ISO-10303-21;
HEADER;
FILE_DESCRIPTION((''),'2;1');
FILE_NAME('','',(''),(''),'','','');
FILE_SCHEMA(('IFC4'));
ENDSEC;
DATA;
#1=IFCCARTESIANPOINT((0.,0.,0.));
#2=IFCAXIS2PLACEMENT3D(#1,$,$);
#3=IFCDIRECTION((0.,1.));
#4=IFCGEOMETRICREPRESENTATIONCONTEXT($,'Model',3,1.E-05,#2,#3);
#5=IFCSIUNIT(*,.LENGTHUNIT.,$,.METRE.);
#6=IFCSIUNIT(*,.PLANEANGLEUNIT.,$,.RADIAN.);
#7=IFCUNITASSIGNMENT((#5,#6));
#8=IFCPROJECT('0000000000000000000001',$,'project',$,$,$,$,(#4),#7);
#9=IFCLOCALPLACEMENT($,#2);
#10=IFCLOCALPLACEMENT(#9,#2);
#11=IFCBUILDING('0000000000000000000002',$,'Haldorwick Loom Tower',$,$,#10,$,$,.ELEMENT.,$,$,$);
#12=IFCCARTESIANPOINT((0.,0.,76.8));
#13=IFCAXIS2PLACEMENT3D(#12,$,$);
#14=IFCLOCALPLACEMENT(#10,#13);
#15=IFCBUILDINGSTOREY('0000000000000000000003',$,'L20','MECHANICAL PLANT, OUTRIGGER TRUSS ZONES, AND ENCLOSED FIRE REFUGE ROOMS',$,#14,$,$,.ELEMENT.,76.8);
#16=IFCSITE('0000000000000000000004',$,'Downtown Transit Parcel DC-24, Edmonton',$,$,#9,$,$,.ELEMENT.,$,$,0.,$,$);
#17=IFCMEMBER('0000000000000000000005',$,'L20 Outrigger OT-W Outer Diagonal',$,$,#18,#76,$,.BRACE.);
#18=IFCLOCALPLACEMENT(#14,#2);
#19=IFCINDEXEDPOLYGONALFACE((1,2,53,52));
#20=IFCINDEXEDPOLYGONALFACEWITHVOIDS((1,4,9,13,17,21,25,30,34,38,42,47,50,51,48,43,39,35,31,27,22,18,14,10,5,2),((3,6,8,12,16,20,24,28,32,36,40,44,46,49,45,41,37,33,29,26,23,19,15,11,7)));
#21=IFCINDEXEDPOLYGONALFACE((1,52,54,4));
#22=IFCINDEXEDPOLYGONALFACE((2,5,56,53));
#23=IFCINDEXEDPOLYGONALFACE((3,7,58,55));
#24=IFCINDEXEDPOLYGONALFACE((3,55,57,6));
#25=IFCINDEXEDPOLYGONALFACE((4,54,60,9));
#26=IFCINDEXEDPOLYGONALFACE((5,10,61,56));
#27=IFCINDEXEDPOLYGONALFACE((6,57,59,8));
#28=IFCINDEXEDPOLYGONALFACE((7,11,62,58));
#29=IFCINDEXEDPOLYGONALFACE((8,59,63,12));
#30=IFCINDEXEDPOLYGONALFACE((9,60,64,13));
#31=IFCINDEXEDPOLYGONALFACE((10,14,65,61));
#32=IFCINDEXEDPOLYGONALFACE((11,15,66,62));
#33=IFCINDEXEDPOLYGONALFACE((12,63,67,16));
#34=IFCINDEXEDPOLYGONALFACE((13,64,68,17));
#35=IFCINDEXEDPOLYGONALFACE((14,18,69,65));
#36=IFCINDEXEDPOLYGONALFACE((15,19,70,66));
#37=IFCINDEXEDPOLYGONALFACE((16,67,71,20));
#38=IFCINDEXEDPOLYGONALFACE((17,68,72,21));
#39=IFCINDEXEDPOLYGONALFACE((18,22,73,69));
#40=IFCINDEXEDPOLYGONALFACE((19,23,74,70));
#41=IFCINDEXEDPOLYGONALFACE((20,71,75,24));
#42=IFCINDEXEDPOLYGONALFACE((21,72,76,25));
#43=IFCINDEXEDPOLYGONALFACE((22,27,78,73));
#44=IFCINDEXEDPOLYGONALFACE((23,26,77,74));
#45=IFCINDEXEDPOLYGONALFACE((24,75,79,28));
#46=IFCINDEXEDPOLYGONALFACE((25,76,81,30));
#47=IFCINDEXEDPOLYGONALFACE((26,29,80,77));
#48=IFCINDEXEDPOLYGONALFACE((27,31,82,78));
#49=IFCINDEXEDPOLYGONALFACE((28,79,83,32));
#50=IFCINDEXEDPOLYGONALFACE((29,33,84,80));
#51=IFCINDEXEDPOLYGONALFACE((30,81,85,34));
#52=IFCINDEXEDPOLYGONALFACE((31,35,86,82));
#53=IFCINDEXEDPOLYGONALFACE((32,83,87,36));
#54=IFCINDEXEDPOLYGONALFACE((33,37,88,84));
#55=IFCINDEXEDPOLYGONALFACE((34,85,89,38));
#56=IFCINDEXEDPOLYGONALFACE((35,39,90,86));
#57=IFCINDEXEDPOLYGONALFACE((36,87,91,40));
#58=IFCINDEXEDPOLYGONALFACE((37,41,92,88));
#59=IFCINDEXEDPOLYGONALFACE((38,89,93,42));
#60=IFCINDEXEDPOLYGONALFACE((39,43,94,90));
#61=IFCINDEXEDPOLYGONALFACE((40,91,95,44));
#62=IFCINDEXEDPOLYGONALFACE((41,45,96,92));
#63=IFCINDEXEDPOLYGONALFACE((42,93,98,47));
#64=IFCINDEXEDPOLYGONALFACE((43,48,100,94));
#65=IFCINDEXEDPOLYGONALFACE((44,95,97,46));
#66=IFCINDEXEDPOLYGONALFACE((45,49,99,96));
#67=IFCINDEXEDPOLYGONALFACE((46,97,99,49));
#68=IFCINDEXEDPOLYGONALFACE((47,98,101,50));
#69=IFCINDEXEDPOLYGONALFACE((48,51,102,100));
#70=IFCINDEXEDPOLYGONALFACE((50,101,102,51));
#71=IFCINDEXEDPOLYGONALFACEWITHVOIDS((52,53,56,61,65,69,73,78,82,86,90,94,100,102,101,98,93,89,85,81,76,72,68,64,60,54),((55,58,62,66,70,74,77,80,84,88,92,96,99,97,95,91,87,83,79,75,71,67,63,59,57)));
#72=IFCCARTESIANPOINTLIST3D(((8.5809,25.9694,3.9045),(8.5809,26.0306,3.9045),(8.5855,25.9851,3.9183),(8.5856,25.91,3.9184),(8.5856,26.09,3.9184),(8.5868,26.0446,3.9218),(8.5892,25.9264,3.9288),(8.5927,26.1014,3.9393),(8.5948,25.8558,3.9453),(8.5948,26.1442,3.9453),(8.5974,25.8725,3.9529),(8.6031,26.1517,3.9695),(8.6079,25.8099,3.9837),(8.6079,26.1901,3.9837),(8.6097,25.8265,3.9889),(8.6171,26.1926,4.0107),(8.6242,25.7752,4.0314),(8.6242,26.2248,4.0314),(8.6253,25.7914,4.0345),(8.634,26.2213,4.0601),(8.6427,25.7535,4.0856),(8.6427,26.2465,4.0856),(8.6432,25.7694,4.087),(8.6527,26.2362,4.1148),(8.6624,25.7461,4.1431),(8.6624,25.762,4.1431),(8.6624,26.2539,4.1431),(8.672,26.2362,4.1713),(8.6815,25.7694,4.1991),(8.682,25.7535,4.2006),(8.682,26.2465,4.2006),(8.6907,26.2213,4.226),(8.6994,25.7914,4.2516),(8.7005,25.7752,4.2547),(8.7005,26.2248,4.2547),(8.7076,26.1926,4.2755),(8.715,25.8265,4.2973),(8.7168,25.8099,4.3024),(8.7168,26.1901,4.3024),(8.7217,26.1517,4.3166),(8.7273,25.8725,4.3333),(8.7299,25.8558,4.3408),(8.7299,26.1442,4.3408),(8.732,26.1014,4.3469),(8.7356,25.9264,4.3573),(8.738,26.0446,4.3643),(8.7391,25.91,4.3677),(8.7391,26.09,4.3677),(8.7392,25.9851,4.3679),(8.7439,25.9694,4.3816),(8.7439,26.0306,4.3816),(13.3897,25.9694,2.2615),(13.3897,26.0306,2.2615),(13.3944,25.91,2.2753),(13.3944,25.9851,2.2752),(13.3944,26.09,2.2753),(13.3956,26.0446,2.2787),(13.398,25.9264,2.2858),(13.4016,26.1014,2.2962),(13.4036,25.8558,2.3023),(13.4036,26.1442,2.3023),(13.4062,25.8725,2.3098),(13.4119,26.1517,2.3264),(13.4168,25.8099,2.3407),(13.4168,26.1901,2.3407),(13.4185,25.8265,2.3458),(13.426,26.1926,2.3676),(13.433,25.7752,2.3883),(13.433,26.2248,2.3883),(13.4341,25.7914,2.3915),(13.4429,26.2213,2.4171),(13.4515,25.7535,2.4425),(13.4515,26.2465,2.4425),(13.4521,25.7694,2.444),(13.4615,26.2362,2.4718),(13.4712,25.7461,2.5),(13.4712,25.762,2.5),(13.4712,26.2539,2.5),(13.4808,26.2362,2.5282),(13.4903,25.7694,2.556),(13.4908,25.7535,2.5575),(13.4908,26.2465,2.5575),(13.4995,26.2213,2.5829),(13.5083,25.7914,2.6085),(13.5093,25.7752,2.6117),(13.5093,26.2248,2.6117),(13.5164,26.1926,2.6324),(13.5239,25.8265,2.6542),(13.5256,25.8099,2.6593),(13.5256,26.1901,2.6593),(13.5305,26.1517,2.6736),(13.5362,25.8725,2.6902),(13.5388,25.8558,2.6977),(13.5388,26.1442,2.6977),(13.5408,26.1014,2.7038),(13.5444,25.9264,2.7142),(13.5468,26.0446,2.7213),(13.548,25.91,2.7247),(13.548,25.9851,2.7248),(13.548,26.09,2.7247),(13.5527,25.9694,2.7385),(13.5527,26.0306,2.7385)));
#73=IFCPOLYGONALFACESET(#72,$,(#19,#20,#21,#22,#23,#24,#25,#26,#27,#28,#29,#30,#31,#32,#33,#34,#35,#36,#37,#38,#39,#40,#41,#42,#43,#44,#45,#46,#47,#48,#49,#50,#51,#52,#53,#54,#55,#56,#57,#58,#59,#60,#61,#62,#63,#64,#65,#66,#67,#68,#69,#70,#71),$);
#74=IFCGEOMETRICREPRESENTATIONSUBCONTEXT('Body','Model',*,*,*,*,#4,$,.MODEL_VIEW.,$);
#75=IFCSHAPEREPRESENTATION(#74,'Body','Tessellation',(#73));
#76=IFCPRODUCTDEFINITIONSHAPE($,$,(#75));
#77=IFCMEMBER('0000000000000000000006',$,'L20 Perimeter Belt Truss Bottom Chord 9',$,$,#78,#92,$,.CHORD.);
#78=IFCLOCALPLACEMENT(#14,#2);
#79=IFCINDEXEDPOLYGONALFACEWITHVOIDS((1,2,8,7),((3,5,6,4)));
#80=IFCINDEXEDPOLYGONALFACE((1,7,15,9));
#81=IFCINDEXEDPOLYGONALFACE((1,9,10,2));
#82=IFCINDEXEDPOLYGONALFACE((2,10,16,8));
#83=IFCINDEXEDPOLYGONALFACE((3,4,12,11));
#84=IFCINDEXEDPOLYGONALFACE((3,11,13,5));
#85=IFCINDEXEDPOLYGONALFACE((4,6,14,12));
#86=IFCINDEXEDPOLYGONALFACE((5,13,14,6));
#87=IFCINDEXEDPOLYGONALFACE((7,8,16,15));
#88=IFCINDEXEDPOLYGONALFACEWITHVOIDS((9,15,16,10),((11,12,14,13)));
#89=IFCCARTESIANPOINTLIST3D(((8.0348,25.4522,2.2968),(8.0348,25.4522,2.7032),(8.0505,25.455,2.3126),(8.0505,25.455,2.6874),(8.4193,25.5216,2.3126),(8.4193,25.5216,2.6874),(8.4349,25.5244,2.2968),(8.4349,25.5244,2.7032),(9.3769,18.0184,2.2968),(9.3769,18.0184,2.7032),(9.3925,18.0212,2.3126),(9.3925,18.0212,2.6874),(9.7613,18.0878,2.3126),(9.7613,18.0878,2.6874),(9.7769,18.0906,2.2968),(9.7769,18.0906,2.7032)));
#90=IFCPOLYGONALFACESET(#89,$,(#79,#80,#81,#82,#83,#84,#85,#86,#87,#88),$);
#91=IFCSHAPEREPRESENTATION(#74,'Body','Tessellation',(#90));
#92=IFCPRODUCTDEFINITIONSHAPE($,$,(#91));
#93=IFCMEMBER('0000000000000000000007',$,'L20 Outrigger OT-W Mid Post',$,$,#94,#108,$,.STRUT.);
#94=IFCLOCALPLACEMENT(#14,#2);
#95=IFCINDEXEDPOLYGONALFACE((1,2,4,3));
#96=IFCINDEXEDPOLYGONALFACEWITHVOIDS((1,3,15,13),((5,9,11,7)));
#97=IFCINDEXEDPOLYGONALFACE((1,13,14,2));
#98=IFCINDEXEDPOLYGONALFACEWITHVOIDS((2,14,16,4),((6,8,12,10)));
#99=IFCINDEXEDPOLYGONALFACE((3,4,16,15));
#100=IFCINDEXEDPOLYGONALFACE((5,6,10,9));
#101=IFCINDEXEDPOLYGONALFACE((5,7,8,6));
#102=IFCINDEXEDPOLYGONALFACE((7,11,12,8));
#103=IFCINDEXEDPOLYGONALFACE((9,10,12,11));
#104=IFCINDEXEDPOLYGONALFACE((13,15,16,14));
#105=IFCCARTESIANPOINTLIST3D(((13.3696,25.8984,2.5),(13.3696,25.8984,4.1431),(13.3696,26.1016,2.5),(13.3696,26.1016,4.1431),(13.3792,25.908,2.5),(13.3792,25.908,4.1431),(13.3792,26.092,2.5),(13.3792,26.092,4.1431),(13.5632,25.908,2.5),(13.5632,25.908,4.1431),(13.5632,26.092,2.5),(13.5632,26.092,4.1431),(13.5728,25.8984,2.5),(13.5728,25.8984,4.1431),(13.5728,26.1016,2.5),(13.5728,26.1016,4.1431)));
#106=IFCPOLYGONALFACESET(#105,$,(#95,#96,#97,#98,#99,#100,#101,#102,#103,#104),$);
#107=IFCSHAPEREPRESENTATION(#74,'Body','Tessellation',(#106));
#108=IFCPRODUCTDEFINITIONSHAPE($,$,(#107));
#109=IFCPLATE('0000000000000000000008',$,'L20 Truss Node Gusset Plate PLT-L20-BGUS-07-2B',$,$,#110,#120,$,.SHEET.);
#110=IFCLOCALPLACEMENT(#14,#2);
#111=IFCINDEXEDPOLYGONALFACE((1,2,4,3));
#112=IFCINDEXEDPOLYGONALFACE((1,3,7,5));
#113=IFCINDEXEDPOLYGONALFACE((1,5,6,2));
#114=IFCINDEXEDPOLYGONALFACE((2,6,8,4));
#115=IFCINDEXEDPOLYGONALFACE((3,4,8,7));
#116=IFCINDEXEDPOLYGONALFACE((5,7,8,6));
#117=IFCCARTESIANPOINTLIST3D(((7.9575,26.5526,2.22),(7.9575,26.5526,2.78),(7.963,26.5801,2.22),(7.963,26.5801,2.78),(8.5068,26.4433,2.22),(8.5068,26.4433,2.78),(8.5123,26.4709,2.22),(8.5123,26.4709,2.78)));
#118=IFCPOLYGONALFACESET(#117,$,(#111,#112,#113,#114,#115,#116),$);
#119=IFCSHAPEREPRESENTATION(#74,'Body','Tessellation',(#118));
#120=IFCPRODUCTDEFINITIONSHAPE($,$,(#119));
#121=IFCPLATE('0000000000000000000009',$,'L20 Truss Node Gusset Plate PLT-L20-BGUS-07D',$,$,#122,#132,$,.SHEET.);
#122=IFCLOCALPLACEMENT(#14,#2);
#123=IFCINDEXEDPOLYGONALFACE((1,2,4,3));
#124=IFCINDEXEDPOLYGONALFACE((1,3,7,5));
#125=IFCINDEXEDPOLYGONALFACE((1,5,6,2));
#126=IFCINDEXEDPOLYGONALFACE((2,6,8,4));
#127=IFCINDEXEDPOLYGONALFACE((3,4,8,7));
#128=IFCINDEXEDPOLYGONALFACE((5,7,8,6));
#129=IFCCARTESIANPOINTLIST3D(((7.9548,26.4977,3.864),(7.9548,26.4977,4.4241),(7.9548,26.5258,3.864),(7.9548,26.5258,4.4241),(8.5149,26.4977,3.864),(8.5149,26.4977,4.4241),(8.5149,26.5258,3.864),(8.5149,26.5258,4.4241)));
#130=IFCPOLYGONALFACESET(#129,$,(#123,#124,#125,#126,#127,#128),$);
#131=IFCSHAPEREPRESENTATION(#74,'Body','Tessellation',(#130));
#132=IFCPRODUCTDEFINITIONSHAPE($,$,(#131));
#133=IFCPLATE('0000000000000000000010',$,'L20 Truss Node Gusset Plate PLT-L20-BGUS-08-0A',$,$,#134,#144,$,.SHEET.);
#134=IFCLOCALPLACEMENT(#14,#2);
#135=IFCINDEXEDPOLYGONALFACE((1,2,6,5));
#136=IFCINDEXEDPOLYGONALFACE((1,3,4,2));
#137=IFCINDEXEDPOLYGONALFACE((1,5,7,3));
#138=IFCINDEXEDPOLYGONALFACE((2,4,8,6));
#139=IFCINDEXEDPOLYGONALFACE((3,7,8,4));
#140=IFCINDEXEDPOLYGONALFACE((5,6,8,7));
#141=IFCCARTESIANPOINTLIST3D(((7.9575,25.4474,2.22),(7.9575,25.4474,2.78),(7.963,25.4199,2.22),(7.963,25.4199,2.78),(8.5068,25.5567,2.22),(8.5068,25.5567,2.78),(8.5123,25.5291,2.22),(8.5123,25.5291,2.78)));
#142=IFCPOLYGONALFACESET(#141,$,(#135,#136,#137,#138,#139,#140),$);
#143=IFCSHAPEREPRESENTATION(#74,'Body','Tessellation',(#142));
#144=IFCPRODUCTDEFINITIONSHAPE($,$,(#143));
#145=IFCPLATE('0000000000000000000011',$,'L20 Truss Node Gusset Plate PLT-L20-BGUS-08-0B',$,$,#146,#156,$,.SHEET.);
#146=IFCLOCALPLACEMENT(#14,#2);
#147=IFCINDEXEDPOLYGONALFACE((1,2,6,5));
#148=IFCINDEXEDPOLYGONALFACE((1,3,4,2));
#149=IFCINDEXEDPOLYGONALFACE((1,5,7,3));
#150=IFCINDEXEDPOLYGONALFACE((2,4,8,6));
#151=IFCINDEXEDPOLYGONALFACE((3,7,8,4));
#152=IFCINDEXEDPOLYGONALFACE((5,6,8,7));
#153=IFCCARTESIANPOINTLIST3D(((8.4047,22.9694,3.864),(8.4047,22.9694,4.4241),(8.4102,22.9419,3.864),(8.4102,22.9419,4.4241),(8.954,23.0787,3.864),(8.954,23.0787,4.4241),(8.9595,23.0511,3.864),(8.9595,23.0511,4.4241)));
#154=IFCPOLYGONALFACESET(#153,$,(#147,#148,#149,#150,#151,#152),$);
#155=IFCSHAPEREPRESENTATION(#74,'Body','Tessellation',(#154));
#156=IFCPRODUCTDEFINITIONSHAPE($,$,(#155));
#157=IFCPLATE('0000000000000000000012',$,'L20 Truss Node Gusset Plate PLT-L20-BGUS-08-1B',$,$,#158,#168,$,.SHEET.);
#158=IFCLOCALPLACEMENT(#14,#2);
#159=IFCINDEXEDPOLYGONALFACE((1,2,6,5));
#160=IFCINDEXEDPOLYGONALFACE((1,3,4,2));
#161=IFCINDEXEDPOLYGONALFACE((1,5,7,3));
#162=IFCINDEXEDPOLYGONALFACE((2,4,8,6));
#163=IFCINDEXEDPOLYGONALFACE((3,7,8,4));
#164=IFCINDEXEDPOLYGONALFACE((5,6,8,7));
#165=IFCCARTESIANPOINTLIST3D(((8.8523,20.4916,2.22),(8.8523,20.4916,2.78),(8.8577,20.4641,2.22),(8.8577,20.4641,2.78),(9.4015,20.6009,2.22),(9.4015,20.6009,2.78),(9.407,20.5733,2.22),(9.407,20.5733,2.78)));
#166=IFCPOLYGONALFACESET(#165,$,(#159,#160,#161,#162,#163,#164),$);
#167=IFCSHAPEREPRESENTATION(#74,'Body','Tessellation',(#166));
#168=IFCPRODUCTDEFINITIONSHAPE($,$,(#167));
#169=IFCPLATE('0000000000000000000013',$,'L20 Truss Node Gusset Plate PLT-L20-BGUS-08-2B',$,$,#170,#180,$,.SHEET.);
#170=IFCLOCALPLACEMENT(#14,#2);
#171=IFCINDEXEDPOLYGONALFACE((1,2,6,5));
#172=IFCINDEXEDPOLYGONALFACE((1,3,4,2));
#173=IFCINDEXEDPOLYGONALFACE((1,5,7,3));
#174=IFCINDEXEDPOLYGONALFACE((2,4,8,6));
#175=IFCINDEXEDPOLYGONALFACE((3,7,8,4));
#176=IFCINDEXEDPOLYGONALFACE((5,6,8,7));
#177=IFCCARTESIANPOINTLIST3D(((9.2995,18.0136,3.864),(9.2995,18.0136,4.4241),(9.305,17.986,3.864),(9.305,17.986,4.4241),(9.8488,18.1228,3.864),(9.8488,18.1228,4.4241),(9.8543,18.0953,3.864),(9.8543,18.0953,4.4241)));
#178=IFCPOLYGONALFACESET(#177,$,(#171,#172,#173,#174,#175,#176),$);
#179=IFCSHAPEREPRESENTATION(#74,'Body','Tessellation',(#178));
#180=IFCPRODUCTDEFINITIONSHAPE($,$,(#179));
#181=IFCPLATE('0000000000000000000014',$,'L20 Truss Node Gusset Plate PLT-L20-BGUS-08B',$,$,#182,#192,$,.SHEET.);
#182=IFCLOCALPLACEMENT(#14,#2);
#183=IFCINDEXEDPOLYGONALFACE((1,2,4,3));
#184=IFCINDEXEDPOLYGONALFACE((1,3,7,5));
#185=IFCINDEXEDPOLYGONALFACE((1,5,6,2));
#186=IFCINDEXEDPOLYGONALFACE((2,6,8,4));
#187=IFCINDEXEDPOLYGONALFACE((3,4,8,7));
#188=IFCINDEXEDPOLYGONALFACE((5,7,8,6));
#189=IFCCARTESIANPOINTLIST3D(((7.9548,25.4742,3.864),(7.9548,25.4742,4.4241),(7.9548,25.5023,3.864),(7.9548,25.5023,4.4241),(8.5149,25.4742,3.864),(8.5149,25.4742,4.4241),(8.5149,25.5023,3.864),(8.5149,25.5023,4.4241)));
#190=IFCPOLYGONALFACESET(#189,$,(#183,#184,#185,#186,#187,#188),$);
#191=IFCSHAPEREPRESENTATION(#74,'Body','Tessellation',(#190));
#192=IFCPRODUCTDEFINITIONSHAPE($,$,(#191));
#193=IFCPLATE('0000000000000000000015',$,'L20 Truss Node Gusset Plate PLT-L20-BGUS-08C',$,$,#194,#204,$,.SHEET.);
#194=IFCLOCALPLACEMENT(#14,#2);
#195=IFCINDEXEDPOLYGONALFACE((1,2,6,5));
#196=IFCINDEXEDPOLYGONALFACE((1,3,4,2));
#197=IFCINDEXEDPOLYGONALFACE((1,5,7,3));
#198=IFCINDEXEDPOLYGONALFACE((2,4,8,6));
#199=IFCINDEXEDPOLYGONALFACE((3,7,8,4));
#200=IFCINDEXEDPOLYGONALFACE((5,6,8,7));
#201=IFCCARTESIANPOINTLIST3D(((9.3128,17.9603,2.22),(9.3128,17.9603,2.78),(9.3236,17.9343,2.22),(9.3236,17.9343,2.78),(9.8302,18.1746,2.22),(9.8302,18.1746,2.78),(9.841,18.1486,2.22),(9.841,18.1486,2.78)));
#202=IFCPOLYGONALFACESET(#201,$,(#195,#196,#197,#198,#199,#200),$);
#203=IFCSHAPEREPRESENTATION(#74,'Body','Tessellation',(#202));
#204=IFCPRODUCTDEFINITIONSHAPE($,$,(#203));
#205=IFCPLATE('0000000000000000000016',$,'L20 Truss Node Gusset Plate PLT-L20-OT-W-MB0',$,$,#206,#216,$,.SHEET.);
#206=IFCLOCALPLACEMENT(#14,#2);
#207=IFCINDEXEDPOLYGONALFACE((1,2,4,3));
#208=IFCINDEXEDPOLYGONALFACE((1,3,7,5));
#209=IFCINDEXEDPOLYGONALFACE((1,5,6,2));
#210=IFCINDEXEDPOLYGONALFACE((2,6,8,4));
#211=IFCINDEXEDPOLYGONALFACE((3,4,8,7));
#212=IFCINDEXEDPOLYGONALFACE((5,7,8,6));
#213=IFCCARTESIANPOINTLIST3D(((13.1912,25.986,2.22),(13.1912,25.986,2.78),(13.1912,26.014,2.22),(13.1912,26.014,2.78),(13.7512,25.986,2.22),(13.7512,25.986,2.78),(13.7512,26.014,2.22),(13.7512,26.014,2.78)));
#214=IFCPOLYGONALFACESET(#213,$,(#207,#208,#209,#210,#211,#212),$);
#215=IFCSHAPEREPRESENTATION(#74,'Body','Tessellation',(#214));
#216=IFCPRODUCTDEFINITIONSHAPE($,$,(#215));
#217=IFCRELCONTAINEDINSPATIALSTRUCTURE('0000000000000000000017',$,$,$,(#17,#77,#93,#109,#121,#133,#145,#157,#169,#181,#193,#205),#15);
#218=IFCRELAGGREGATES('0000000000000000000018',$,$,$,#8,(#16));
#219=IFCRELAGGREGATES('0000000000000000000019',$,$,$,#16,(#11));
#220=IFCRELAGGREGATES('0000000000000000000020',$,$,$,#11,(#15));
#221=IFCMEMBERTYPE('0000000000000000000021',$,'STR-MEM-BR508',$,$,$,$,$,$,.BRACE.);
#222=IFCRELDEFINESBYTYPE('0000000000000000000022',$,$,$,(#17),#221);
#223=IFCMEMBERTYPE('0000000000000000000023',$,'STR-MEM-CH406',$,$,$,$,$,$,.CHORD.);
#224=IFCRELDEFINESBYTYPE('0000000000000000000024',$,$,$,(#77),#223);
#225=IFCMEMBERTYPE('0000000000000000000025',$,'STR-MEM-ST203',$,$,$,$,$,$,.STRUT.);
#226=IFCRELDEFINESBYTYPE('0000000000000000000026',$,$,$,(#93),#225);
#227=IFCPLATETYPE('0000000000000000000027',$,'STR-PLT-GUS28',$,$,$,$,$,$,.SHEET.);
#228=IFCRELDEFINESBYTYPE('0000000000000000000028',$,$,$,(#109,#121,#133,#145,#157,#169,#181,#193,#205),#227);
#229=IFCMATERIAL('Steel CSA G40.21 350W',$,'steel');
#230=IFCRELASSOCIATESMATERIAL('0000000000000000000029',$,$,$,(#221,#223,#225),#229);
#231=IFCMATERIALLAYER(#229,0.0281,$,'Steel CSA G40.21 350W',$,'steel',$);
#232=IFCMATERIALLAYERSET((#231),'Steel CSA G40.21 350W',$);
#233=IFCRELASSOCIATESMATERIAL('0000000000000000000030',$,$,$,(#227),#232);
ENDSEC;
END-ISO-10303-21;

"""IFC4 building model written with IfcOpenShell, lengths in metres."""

from ifc_helpers import new_model, si_unit, direction, frame, origin, origin_2d, place, context, subcontext, project, spatial, rectangle, hollow_rectangle, hollow_circle, extrude, material, layer, layer_set, material_profile, profile_set, type_object, element, save


model = new_model("IFC4")

# Units and contexts
model_context = context("Model", 3, precision=1e-05, world=origin(), true_north=direction((0.0, 1.0)))
body_context = subcontext(model_context, "Body", "Model", "MODEL_VIEW")
ifc_project = project(units=[si_unit("LENGTHUNIT", "METRE"), si_unit("PLANEANGLEUNIT", "RADIAN")], contexts=[model_context])

# Site, building, storey
site_placement = place(None, origin())
site = spatial("IfcSite", under=ifc_project, at=site_placement, Name="Downtown Transit Parcel DC-24, Edmonton", CompositionType="ELEMENT", RefElevation=0.0)
building_placement = place(site_placement, origin())
building = spatial("IfcBuilding", under=site, at=building_placement, Name="Haldorwick Loom Tower", CompositionType="ELEMENT")
storey_placement = place(building_placement, frame((0.0, 0.0, 76.8)))
storey = spatial("IfcBuildingStorey", under=building, at=storey_placement, Name="L20", Description="MECHANICAL PLANT, OUTRIGGER TRUSS ZONES, AND ENCLOSED FIRE REFUGE ROOMS", CompositionType="ELEMENT", Elevation=76.8)

# Shared definitions
ifc_material_1 = material(Name="Steel CSA G40.21 350W", Category="steel")

# Members
ifc_material_profile_1 = material_profile(ifc_material_1, hollow_circle(Radius=0.2539, WallThickness=0.0159, at=origin_2d()), Name="HSS508X16", Category="steel")
ifc_profile_set_1 = profile_set([ifc_material_profile_1], Name="Steel CSA G40.21 350W")
member_type_1 = type_object("IfcMemberType", Name="STR-MEM-BR508", PredefinedType="BRACE", material=ifc_profile_set_1)
member_1_placement = place(storey_placement, frame((13.4712, 26.0, 2.5), z_axis=(-0.946288, 0.0, 0.323324), x_axis=(0.0, -1.0, 0.0)))
element("IfcMember", 1, at=member_1_placement, inside=storey, type_object=member_type_1, Name="L20 Outrigger OT-W Outer Diagonal", PredefinedType="BRACE", context=body_context, shape_type="SweptSolid", body=[
    extrude(hollow_circle(Radius=0.2539, WallThickness=0.0159, at=origin_2d()), origin(), (0.0, 0.0, 1.0), 5.0818),
])
ifc_material_profile_2 = material_profile(ifc_material_1, hollow_rectangle(XDim=0.4065, YDim=0.4065, WallThickness=0.0159, at=origin_2d()), Name="HSS406X406X16", Category="steel")
ifc_profile_set_2 = profile_set([ifc_material_profile_2], Name="Steel CSA G40.21 350W")
member_type_2 = type_object("IfcMemberType", Name="STR-MEM-CH406", PredefinedType="CHORD", material=ifc_profile_set_2)
member_2_placement = place(storey_placement, frame((8.2349, 25.4883, 2.5), z_axis=(0.177659, -0.984092, 0.0), x_axis=(0.984092, 0.177659, 0.0)))
element("IfcMember", 2, at=member_2_placement, inside=storey, type_object=member_type_2, Name="L20 Perimeter Belt Truss Bottom Chord 9", PredefinedType="CHORD", context=body_context, shape_type="SweptSolid", body=[
    extrude(hollow_rectangle(XDim=0.4065, YDim=0.4065, WallThickness=0.0159, at=origin_2d()), origin(), (0.0, 0.0, 1.0), 7.554),
])
ifc_material_profile_3 = material_profile(ifc_material_1, hollow_rectangle(XDim=0.2031, YDim=0.2031, WallThickness=0.0095, at=origin_2d()), Name="HSS203X203X10", Category="steel")
ifc_profile_set_3 = profile_set([ifc_material_profile_3], Name="Steel CSA G40.21 350W")
member_type_3 = type_object("IfcMemberType", Name="STR-MEM-ST203", PredefinedType="STRUT", material=ifc_profile_set_3)
member_3_placement = place(storey_placement, frame((13.4712, 26.0, 2.5), z_axis=(0.0, 0.0, 1.0), x_axis=(1.0, 0.0, 0.0)))
element("IfcMember", 3, at=member_3_placement, inside=storey, type_object=member_type_3, Name="L20 Outrigger OT-W Mid Post", PredefinedType="STRUT", context=body_context, shape_type="SweptSolid", body=[
    extrude(hollow_rectangle(XDim=0.2031, YDim=0.2031, WallThickness=0.0095, at=origin_2d()), origin(), (0.0, 0.0, 1.0), 1.6431),
])

# Plates
ifc_layer_1 = layer(ifc_material_1, 0.0281, Name="Steel CSA G40.21 350W", Category="steel")
ifc_layer_set_1 = layer_set([ifc_layer_1], Name="Steel CSA G40.21 350W")
plate_type = type_object("IfcPlateType", Name="STR-PLT-GUS28", PredefinedType="SHEET", material=ifc_layer_set_1)
for number, where, z_axis, x_axis, name in (
    (4, (8.2349, 26.5117, 2.22), (0.0, 0.0, 1.0), (-0.980785, 0.19509, 0.0), "L20 Truss Node Gusset Plate PLT-L20-BGUS-07-2B"),
    (5, (8.2349, 26.5117, 3.864), (0.0, 0.0, 1.0), (-1.0, 0.0, 0.0), "L20 Truss Node Gusset Plate PLT-L20-BGUS-07D"),
    (6, (8.2349, 25.4883, 2.22), (0.0, 0.0, 1.0), (-0.980785, -0.19509, 0.0), "L20 Truss Node Gusset Plate PLT-L20-BGUS-08-0A"),
    (7, (8.6821, 23.0103, 3.864), (0.0, 0.0, 1.0), (-0.980785, -0.19509, 0.0), "L20 Truss Node Gusset Plate PLT-L20-BGUS-08-0B"),
    (8, (9.1296, 20.5325, 2.22), (0.0, 0.0, 1.0), (-0.980785, -0.19509, 0.0), "L20 Truss Node Gusset Plate PLT-L20-BGUS-08-1B"),
    (9, (9.5769, 18.0544, 3.864), (0.0, 0.0, 1.0), (-0.980785, -0.19509, 0.0), "L20 Truss Node Gusset Plate PLT-L20-BGUS-08-2B"),
    (10, (8.2349, 25.4883, 3.864), (0.0, 0.0, 1.0), (-1.0, 0.0, 0.0), "L20 Truss Node Gusset Plate PLT-L20-BGUS-08B"),
    (11, (9.5769, 18.0544, 2.22), (0.0, 0.0, 1.0), (-0.92388, -0.382683, 0.0), "L20 Truss Node Gusset Plate PLT-L20-BGUS-08C"),
    (12, (13.4712, 26.0, 2.22), (0.0, 0.0, 1.0), (-1.0, 0.0, 0.0), "L20 Truss Node Gusset Plate PLT-L20-OT-W-MB0"),
):
    element("IfcPlate", number, at=place(storey_placement, frame(where, z_axis=z_axis, x_axis=x_axis)), inside=storey, type_object=plate_type, Name=name, PredefinedType="SHEET", context=body_context, shape_type="SweptSolid", body=[
        extrude(rectangle(XDim=0.5601, YDim=0.0281, at=origin_2d()), origin(), (0.0, 0.0, 1.0), 0.5601),
    ])

save(model, "model.ifc")
